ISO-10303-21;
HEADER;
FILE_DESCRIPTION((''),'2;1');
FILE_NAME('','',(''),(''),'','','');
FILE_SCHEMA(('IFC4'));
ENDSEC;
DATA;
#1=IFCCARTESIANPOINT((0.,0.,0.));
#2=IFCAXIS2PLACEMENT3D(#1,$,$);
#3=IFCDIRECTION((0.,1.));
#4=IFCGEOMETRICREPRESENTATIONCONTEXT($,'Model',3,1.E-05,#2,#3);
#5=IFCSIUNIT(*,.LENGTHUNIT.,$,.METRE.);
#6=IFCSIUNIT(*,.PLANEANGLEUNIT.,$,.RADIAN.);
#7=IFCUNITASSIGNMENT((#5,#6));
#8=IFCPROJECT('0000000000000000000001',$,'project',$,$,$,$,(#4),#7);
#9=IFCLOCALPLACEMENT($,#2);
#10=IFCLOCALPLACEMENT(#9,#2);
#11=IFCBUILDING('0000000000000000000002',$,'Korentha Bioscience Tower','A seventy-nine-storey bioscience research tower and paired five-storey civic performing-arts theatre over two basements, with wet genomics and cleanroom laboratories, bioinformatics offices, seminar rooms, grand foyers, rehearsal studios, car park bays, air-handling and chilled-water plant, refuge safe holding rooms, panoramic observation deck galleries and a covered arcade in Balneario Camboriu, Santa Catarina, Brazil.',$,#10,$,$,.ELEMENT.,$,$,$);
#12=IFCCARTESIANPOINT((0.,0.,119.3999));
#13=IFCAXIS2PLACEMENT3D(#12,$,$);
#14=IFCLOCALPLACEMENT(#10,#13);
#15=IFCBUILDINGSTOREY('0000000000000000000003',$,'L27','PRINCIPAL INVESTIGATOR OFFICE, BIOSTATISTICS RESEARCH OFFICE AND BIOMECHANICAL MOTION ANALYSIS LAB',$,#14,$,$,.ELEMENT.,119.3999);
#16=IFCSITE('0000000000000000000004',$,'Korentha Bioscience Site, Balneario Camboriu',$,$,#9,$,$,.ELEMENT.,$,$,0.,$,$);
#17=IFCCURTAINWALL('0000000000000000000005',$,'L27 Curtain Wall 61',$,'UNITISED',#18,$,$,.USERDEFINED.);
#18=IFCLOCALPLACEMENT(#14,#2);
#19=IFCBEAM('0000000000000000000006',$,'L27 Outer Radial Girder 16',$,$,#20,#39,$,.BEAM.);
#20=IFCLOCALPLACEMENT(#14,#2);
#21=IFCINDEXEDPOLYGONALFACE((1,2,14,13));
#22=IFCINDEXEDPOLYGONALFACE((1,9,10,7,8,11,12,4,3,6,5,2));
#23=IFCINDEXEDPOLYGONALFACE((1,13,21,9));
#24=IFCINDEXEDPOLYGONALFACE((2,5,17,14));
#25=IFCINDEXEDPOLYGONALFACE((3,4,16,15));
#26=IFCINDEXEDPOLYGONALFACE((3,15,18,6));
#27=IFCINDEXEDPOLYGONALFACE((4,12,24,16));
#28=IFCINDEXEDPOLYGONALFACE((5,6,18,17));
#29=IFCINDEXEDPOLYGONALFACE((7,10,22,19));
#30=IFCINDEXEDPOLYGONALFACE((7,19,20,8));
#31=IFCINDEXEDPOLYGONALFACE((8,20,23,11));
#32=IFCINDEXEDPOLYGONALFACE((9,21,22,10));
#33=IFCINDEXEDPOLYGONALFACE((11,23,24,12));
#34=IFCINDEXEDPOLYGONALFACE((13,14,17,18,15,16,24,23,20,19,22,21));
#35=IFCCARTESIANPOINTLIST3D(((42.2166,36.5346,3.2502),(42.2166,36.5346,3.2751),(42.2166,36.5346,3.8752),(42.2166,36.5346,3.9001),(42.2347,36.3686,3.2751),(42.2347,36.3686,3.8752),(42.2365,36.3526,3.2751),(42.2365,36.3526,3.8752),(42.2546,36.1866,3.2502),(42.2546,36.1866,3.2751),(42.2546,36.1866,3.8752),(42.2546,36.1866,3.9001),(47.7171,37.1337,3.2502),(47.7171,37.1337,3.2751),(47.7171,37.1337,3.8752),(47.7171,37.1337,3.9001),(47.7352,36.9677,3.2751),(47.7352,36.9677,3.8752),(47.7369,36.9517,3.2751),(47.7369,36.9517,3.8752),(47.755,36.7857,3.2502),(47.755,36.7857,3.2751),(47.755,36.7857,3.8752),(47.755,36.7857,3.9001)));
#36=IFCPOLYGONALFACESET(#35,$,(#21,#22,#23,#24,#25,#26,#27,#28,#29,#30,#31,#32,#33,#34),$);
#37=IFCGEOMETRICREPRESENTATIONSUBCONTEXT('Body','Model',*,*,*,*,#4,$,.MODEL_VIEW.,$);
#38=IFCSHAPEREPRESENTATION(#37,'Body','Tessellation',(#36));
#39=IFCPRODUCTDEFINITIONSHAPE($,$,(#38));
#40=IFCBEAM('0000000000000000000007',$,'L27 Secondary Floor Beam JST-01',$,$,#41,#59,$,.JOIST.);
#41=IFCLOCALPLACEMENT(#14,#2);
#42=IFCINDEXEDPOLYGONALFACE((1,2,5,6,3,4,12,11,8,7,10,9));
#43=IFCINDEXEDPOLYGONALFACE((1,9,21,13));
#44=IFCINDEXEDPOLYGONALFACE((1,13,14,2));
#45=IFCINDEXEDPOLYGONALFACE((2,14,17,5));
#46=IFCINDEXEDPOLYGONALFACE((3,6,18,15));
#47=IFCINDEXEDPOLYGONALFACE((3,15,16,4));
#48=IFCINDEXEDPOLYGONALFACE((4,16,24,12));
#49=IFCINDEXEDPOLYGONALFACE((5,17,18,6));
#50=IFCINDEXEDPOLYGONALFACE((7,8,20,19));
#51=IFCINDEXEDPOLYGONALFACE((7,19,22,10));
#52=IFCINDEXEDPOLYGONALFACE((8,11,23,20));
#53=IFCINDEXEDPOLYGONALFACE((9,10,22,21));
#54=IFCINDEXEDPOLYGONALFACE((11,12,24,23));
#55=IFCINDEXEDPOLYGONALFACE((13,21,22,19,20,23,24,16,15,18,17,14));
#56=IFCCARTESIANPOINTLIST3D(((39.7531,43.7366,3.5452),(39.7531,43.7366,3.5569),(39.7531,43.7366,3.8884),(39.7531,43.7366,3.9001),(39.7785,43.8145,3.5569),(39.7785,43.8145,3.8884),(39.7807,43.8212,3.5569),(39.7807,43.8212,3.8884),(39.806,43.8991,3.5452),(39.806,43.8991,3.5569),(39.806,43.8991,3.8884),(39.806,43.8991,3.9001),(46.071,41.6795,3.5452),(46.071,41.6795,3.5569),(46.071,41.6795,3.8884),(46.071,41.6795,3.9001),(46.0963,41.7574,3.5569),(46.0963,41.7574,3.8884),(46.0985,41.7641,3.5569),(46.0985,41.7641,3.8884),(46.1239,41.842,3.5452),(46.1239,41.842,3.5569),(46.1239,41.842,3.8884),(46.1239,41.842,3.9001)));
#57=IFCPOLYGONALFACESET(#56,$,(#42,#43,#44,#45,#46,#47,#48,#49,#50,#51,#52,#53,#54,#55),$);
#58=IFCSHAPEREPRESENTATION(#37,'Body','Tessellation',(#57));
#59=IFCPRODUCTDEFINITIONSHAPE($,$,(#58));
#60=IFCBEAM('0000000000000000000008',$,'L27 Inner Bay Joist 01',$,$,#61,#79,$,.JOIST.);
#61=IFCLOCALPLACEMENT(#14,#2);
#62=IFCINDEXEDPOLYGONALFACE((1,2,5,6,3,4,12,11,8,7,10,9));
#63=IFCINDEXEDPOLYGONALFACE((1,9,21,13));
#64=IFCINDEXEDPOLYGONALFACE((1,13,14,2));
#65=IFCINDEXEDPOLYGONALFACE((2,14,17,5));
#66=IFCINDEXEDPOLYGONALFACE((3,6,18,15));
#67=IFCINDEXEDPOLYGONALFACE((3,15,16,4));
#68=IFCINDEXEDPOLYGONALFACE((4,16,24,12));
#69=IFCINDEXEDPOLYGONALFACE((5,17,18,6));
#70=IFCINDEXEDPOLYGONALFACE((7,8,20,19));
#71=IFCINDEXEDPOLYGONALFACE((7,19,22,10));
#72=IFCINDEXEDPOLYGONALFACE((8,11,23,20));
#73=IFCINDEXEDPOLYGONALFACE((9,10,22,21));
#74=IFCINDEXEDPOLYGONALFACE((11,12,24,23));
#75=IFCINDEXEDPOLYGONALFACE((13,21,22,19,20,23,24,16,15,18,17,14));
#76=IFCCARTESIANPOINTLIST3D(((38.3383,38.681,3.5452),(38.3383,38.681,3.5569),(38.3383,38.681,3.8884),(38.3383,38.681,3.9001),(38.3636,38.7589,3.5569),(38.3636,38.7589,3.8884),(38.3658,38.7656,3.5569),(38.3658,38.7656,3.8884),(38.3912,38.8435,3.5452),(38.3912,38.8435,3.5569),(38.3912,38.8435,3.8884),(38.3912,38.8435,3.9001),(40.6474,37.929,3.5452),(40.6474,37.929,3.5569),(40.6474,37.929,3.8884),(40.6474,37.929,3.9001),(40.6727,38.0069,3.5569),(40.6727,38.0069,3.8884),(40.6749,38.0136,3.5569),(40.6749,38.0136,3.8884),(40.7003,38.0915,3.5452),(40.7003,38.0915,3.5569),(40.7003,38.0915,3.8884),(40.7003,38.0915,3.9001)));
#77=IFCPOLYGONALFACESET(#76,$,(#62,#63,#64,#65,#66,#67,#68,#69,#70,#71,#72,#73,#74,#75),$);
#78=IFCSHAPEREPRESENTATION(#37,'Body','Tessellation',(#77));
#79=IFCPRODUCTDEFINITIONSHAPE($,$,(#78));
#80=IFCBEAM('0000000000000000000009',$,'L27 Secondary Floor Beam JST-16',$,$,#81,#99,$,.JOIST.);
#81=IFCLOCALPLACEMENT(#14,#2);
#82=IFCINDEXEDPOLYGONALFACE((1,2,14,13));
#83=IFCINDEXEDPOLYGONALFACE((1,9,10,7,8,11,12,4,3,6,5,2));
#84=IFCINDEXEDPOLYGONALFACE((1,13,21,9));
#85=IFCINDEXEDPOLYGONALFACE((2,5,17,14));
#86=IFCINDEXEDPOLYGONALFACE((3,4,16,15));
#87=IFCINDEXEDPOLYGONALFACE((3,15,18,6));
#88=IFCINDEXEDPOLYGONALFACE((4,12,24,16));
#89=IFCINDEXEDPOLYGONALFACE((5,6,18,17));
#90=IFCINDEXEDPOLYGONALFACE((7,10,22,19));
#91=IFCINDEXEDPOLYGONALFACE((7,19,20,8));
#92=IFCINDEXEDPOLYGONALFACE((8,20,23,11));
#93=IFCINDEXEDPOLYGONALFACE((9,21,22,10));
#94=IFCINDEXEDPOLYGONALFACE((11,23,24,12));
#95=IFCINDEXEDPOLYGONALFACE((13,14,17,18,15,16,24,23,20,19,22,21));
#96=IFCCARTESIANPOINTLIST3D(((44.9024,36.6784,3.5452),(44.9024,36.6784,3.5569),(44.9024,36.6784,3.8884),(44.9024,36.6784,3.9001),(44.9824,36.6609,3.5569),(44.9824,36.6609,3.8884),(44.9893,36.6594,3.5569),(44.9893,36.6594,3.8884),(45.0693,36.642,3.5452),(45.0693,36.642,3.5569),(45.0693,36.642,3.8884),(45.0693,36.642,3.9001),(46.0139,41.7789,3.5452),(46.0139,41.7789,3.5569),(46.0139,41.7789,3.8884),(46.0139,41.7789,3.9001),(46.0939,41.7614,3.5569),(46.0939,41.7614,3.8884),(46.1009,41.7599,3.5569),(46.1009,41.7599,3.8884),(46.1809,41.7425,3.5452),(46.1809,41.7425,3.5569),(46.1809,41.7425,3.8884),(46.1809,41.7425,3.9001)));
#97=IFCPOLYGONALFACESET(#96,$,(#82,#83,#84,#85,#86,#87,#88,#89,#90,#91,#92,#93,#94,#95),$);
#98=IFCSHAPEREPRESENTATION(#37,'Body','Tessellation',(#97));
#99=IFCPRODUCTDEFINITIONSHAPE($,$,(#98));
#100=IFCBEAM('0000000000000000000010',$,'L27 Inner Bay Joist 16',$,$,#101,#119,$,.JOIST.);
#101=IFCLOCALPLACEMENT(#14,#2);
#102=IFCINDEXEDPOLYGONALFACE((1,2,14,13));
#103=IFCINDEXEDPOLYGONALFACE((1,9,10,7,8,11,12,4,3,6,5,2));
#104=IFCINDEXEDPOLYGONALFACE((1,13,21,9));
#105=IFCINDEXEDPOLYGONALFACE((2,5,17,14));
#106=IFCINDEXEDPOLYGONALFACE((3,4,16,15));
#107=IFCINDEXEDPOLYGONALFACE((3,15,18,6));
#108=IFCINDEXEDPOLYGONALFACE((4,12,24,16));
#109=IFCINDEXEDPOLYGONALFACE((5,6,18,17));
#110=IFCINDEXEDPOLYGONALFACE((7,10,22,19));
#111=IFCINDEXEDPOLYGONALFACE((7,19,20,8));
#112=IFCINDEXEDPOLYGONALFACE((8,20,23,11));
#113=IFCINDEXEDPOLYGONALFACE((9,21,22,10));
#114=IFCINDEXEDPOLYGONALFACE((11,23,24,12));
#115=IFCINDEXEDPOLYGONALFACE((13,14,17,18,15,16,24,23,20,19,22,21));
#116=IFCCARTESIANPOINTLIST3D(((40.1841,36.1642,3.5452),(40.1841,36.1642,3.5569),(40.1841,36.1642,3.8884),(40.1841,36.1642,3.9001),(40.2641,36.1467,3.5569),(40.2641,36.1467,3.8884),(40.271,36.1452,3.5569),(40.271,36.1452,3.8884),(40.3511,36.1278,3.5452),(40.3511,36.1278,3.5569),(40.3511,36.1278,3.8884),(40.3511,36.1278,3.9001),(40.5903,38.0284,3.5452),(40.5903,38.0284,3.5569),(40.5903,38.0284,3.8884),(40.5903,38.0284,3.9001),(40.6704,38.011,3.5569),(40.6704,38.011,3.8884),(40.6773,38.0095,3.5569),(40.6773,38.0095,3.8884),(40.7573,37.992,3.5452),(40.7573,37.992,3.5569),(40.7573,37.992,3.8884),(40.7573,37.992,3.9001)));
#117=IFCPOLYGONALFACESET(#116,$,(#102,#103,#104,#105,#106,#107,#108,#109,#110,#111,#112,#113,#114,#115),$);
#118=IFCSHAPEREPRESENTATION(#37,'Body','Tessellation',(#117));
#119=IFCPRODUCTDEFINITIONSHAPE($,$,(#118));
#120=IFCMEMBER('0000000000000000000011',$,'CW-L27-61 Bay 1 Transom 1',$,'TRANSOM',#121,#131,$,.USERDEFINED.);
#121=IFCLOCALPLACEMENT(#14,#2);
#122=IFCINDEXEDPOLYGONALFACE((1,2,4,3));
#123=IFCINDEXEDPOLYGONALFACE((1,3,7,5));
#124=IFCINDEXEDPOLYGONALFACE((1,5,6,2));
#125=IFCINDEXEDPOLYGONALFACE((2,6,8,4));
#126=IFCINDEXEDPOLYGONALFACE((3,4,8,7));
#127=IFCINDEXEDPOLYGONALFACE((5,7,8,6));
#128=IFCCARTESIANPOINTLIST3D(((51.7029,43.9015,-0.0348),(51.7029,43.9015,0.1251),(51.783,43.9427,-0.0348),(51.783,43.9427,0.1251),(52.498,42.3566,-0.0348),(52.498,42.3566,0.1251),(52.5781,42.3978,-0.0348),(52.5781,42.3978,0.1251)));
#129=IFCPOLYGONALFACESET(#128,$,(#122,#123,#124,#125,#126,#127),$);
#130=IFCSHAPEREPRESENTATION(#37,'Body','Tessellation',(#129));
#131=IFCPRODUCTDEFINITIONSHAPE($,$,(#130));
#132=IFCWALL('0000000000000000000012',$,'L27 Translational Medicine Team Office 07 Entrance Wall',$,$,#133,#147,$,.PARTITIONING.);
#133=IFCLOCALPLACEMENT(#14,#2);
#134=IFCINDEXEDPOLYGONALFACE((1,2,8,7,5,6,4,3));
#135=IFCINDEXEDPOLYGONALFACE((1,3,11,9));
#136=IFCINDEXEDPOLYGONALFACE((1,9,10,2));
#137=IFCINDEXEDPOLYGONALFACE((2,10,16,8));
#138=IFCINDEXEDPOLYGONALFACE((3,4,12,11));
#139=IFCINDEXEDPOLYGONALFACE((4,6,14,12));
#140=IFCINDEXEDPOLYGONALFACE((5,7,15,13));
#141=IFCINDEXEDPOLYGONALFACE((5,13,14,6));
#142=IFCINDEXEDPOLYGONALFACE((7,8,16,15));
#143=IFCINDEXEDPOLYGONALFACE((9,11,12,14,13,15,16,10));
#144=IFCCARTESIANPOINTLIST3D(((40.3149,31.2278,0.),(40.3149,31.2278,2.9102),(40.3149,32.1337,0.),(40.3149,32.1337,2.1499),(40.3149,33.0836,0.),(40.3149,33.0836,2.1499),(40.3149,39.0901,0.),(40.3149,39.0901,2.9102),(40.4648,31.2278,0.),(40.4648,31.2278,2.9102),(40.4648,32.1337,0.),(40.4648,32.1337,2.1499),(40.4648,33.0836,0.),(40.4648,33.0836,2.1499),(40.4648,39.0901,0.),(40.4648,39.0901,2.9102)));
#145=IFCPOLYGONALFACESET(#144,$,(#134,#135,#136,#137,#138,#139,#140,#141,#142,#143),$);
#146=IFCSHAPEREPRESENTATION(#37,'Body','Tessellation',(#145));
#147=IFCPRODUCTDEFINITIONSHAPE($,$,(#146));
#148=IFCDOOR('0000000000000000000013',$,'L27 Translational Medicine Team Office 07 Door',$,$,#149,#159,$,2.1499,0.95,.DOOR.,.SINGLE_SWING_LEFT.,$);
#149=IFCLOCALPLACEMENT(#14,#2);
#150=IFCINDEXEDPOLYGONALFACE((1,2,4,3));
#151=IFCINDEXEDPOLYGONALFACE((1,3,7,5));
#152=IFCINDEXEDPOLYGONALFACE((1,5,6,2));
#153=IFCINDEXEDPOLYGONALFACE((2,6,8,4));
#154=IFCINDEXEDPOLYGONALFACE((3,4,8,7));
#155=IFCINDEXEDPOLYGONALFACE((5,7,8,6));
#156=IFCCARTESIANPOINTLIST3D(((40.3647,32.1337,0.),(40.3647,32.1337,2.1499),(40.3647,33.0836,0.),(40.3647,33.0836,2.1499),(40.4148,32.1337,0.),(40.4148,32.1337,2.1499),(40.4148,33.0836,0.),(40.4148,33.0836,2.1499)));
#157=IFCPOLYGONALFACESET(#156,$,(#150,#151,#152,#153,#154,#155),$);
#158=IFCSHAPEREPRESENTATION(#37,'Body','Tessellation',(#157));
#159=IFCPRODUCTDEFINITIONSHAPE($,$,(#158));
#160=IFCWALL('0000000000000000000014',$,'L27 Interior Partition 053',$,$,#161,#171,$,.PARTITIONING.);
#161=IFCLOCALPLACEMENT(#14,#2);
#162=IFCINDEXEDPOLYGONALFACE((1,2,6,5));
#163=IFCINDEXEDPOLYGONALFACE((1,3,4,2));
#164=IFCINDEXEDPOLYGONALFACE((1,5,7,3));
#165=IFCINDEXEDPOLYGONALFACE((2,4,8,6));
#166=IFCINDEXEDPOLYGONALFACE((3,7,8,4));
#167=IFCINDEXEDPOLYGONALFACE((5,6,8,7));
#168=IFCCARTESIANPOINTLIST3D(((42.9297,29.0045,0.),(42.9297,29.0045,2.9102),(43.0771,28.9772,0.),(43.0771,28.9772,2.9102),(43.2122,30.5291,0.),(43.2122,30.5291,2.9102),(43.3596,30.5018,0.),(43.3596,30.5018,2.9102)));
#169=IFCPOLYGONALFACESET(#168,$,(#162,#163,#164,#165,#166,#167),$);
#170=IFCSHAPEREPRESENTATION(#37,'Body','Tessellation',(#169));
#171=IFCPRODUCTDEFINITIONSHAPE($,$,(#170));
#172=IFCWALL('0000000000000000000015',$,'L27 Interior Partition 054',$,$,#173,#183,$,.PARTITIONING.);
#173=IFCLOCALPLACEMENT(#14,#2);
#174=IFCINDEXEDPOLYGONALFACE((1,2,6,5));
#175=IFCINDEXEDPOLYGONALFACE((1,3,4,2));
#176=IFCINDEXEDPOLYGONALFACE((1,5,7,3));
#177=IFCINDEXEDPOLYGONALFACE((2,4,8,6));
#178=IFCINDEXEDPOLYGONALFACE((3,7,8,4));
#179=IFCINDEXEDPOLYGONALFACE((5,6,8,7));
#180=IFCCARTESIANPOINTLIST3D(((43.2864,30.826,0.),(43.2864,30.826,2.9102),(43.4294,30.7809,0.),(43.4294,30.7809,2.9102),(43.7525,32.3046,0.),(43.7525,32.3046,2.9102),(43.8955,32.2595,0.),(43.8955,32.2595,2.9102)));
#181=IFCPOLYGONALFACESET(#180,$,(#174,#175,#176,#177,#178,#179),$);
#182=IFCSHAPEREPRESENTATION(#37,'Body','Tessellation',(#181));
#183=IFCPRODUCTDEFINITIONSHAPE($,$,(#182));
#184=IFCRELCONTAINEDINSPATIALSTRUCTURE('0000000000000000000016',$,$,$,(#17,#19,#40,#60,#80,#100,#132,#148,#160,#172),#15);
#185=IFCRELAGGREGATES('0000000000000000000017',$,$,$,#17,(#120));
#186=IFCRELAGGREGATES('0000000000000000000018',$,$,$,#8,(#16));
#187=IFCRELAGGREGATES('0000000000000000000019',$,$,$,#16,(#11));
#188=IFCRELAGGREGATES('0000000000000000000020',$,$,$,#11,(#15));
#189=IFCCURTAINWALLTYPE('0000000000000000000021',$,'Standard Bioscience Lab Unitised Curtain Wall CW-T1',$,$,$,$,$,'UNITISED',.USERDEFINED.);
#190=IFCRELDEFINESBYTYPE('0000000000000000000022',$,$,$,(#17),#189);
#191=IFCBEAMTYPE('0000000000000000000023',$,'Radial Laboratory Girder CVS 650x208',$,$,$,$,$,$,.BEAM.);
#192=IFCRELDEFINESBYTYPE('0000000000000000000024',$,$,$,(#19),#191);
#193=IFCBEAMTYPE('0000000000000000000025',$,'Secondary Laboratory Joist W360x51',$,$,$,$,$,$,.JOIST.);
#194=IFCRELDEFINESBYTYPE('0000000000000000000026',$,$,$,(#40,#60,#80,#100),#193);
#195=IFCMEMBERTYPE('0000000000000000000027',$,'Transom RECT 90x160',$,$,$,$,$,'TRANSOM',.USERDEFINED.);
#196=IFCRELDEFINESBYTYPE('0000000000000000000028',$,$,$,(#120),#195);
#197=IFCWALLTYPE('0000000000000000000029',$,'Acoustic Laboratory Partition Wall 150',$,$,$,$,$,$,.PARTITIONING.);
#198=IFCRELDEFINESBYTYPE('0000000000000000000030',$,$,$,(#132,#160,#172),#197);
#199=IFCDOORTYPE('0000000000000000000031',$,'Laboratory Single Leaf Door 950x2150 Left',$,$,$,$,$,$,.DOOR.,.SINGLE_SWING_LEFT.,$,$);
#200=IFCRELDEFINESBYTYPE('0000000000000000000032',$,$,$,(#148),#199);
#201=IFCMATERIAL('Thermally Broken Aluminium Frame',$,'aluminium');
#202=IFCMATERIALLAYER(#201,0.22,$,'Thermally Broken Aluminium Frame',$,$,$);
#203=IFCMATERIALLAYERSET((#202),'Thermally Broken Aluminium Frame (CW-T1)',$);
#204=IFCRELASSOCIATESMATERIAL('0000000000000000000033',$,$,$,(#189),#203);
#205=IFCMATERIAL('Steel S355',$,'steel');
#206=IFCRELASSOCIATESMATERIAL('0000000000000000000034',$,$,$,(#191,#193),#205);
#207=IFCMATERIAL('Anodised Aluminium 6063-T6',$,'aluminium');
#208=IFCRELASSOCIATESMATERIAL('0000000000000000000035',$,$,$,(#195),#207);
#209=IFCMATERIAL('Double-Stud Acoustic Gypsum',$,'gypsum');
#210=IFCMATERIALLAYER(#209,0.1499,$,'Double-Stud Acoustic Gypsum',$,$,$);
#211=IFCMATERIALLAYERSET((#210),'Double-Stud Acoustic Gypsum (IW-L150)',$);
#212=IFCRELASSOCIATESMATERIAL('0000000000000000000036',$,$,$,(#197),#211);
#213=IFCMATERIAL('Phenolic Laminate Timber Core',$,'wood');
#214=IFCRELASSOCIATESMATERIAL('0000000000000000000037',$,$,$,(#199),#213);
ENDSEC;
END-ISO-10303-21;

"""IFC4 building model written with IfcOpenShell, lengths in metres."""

from ifc_helpers import new_model, si_unit, direction, frame, frame_2d, origin, origin_2d, place, context, subcontext, project, spatial, rectangle, i_section, extrude, material, layer, layer_set, material_profile, profile_set, type_object, element, fill, aggregate, save


model = new_model("IFC4")

# Units and contexts
model_context = context("Model", 3, precision=1e-05, world=origin(), true_north=direction((0.0, 1.0)))
body_context = subcontext(model_context, "Body", "Model", "MODEL_VIEW")
ifc_project = project(units=[si_unit("LENGTHUNIT", "METRE"), si_unit("PLANEANGLEUNIT", "RADIAN")], contexts=[model_context])

# Site, building, storey
site_placement = place(None, origin())
site = spatial("IfcSite", under=ifc_project, at=site_placement, Name="Korentha Bioscience Site, Balneario Camboriu", CompositionType="ELEMENT", RefElevation=0.0)
building_placement = place(site_placement, origin())
building = spatial("IfcBuilding", under=site, at=building_placement, Name="Korentha Bioscience Tower", Description="A seventy-nine-storey bioscience research tower and paired five-storey civic performing-arts theatre over two basements, with wet genomics and cleanroom laboratories, bioinformatics offices, seminar rooms, grand foyers, rehearsal studios, car park bays, air-handling and chilled-water plant, refuge safe holding rooms, panoramic observation deck galleries and a covered arcade in Balneario Camboriu, Santa Catarina, Brazil.", CompositionType="ELEMENT")
storey_placement = place(building_placement, frame((0.0, 0.0, 119.3999)))
storey = spatial("IfcBuildingStorey", under=building, at=storey_placement, Name="L27", Description="PRINCIPAL INVESTIGATOR OFFICE, BIOSTATISTICS RESEARCH OFFICE AND BIOMECHANICAL MOTION ANALYSIS LAB", CompositionType="ELEMENT", Elevation=119.3999)

# Shared definitions
ifc_material_1 = material(Name="Steel S355", Category="steel")

# Curtain wall
ifc_material_2 = material(Name="Thermally Broken Aluminium Frame", Category="aluminium")
ifc_layer_1 = layer(ifc_material_2, 0.22, Name="Thermally Broken Aluminium Frame")
ifc_layer_set_1 = layer_set([ifc_layer_1], Name="Thermally Broken Aluminium Frame (CW-T1)")
curtain_wall_type = type_object("IfcCurtainWallType", Name="Standard Bioscience Lab Unitised Curtain Wall CW-T1", ElementType="UNITISED", PredefinedType="USERDEFINED", material=ifc_layer_set_1)
curtain_wall_placement = place(storey_placement, origin())
curtain_wall = element("IfcCurtainWall", 1, at=curtain_wall_placement, inside=storey, type_object=curtain_wall_type, Name="L27 Curtain Wall 61", ObjectType="UNITISED", PredefinedType="USERDEFINED")
ifc_material_3 = material(Name="Anodised Aluminium 6063-T6", Category="aluminium")

# Beams
ifc_material_profile_1 = material_profile(ifc_material_1, i_section(OverallWidth=0.3501, OverallDepth=0.6499, WebThickness=0.0161, FlangeThickness=0.0249, at=origin_2d()), Name="Steel S355")
ifc_profile_set_1 = profile_set([ifc_material_profile_1], Name="Steel S355 (RB-650)")
beam_type_1 = type_object("IfcBeamType", Name="Radial Laboratory Girder CVS 650x208", PredefinedType="BEAM", material=ifc_profile_set_1)
beam_1_placement = place(storey_placement, frame((42.2356, 36.3606, 3.5752), z_axis=(0.99412, 0.108281, 0.0), x_axis=(-0.108281, 0.99412, 0.0)))
element("IfcBeam", 2, at=beam_1_placement, inside=storey, type_object=beam_type_1, Name="L27 Outer Radial Girder 16", PredefinedType="BEAM", context=body_context, shape_type="SweptSolid", body=[
    extrude(i_section(OverallWidth=0.3501, OverallDepth=0.6499, WebThickness=0.0161, FlangeThickness=0.0249, at=origin_2d()), origin(), (0.0, 0.0, 1.0), 5.533),
])
ifc_material_profile_2 = material_profile(ifc_material_1, i_section(OverallWidth=0.1709, OverallDepth=0.355, WebThickness=0.0071, FlangeThickness=0.0117, at=origin_2d()), Name="Steel S355")
ifc_profile_set_2 = profile_set([ifc_material_profile_2], Name="Steel S355 (JB-360)")
beam_type_2 = type_object("IfcBeamType", Name="Secondary Laboratory Joist W360x51", PredefinedType="JOIST", material=ifc_profile_set_2)
beam_2_placement = place(storey_placement, frame((46.0974, 41.7607, 3.7227), z_axis=(-0.950865, 0.309606, 0.0), x_axis=(-0.309606, -0.950865, 0.0)))
element("IfcBeam", 3, at=beam_2_placement, inside=storey, type_object=beam_type_2, Name="L27 Secondary Floor Beam JST-01", PredefinedType="JOIST", context=body_context, shape_type="SweptSolid", body=[
    extrude(i_section(OverallWidth=0.1709, OverallDepth=0.355, WebThickness=0.0071, FlangeThickness=0.0117, at=origin_2d()), origin(), (0.0, 0.0, 1.0), 6.6443),
])
beam_3_placement = place(storey_placement, frame((40.6738, 38.0103, 3.7227), z_axis=(-0.950852, 0.309645, 0.0), x_axis=(-0.309645, -0.950852, 0.0)))
element("IfcBeam", 4, at=beam_3_placement, inside=storey, type_object=beam_type_2, Name="L27 Inner Bay Joist 01", PredefinedType="JOIST", context=body_context, shape_type="SweptSolid", body=[
    extrude(i_section(OverallWidth=0.1709, OverallDepth=0.355, WebThickness=0.0071, FlangeThickness=0.0117, at=origin_2d()), origin(), (0.0, 0.0, 1.0), 2.4285),
])
beam_4_placement = place(storey_placement, frame((44.9858, 36.6602, 3.7227), z_axis=(0.212932, 0.977067, 0.0), x_axis=(-0.977067, 0.212932, 0.0)))
element("IfcBeam", 5, at=beam_4_placement, inside=storey, type_object=beam_type_2, Name="L27 Secondary Floor Beam JST-16", PredefinedType="JOIST", context=body_context, shape_type="SweptSolid", body=[
    extrude(i_section(OverallWidth=0.1709, OverallDepth=0.355, WebThickness=0.0071, FlangeThickness=0.0117, at=origin_2d()), origin(), (0.0, 0.0, 1.0), 5.2202),
])
beam_5_placement = place(storey_placement, frame((40.2676, 36.146, 3.7227), z_axis=(0.212918, 0.97707, 0.0), x_axis=(-0.97707, 0.212918, 0.0)))
element("IfcBeam", 6, at=beam_5_placement, inside=storey, type_object=beam_type_2, Name="L27 Inner Bay Joist 16", PredefinedType="JOIST", context=body_context, shape_type="SweptSolid", body=[
    extrude(i_section(OverallWidth=0.1709, OverallDepth=0.355, WebThickness=0.0071, FlangeThickness=0.0117, at=origin_2d()), origin(), (0.0, 0.0, 1.0), 1.908),
])

# Member
ifc_material_profile_3 = material_profile(ifc_material_3, rectangle(XDim=0.0901, YDim=0.1599, at=origin_2d()), Name="Anodised Aluminium 6063-T6")
ifc_profile_set_3 = profile_set([ifc_material_profile_3], Name="Anodised Aluminium 6063-T6 (CW-TRN)")
member_type_1 = type_object("IfcMemberType", Name="Transom RECT 90x160", ElementType="TRANSOM", PredefinedType="USERDEFINED", material=ifc_profile_set_3)
member_1_placement = place(storey_placement, frame((52.5381, 42.3772, 0.0452), z_axis=(-0.457637, 0.889139, 0.0), x_axis=(-0.889139, -0.457637, 0.0)))
member_1 = element("IfcMember", 7, at=member_1_placement, type_object=member_type_1, Name="CW-L27-61 Bay 1 Transom 1", ObjectType="TRANSOM", PredefinedType="USERDEFINED", context=body_context, shape_type="SweptSolid", body=[
    extrude(rectangle(XDim=0.0901, YDim=0.1599, at=origin_2d()), origin(), (0.0, 0.0, 1.0), 1.7375),
])
aggregate(curtain_wall, [member_1])

# Wall, opening, door
ifc_material_4 = material(Name="Double-Stud Acoustic Gypsum", Category="gypsum")
ifc_layer_2 = layer(ifc_material_4, 0.1499, Name="Double-Stud Acoustic Gypsum")
ifc_layer_set_2 = layer_set([ifc_layer_2], Name="Double-Stud Acoustic Gypsum (IW-L150)")
wall_type_1 = type_object("IfcWallType", Name="Acoustic Laboratory Partition Wall 150", PredefinedType="PARTITIONING", material=ifc_layer_set_2)
wall_1_placement = place(storey_placement, frame((40.3899, 39.0901, 0.0), z_axis=(0.0, 0.0, 1.0), x_axis=(0.0, -1.0, 0.0)))
wall_1 = element("IfcWall", 8, at=wall_1_placement, inside=storey, type_object=wall_type_1, Name="L27 Translational Medicine Team Office 07 Entrance Wall", PredefinedType="PARTITIONING", context=body_context, shape_type="SweptSolid", body=[
    extrude(rectangle(XDim=7.8623, YDim=0.1499, at=frame_2d((3.9312, 0.0))), origin(), (0.0, 0.0, 1.0), 2.9102),
])
opening_placement = place(wall_1_placement, frame((6.0063, 0.0, 0.0)))
opening = element("IfcOpeningElement", 9, at=opening_placement, cuts=wall_1, PredefinedType="OPENING", context=body_context, shape_type="SweptSolid", body=[
    extrude(rectangle(XDim=0.95, YDim=2.1499, at=frame_2d((0.4751, 1.075))), frame((0.0, 0.0898, 0.0), z_axis=(0.0, -1.0, 0.0), x_axis=(1.0, 0.0, 0.0)), (0.0, 0.0, 1.0), 0.1797),
])
ifc_material_5 = material(Name="Phenolic Laminate Timber Core", Category="wood")
door_type = type_object("IfcDoorType", Name="Laboratory Single Leaf Door 950x2150 Left", OperationType="SINGLE_SWING_LEFT", PredefinedType="DOOR", material=ifc_material_5)
door_placement = place(opening_placement, origin())
door = element("IfcDoor", 10, at=door_placement, inside=storey, type_object=door_type, Name="L27 Translational Medicine Team Office 07 Door", OperationType="SINGLE_SWING_LEFT", OverallHeight=2.1499, OverallWidth=0.95, PredefinedType="DOOR", context=body_context, shape_type="SweptSolid", body=[
    extrude(rectangle(XDim=0.95, YDim=2.1499, at=frame_2d((0.4751, 1.075))), frame((0.0, 0.0249, 0.0), z_axis=(0.0, -1.0, 0.0), x_axis=(1.0, 0.0, 0.0)), (0.0, 0.0, 1.0), 0.05),
])
fill(opening, door)

# Walls
wall_2_placement = place(storey_placement, frame((43.0034, 28.9907, 0.0), z_axis=(0.0, 0.0, 1.0), x_axis=(0.182168, 0.983267, 0.0)))
element("IfcWall", 11, at=wall_2_placement, inside=storey, type_object=wall_type_1, Name="L27 Interior Partition 053", PredefinedType="PARTITIONING", context=body_context, shape_type="SweptSolid", body=[
    extrude(rectangle(XDim=1.5505, YDim=0.1499, at=frame_2d((0.7754, 0.0))), origin(), (0.0, 0.0, 1.0), 2.9102),
])
wall_3_placement = place(storey_placement, frame((43.3579, 30.8035, 0.0), z_axis=(0.0, 0.0, 1.0), x_axis=(0.300641, 0.953737, 0.0)))
element("IfcWall", 12, at=wall_3_placement, inside=storey, type_object=wall_type_1, Name="L27 Interior Partition 054", PredefinedType="PARTITIONING", context=body_context, shape_type="SweptSolid", body=[
    extrude(rectangle(XDim=1.5503, YDim=0.1499, at=frame_2d((0.7751, 0.0))), origin(), (0.0, 0.0, 1.0), 2.9102),
])

save(model, "model.ifc")
